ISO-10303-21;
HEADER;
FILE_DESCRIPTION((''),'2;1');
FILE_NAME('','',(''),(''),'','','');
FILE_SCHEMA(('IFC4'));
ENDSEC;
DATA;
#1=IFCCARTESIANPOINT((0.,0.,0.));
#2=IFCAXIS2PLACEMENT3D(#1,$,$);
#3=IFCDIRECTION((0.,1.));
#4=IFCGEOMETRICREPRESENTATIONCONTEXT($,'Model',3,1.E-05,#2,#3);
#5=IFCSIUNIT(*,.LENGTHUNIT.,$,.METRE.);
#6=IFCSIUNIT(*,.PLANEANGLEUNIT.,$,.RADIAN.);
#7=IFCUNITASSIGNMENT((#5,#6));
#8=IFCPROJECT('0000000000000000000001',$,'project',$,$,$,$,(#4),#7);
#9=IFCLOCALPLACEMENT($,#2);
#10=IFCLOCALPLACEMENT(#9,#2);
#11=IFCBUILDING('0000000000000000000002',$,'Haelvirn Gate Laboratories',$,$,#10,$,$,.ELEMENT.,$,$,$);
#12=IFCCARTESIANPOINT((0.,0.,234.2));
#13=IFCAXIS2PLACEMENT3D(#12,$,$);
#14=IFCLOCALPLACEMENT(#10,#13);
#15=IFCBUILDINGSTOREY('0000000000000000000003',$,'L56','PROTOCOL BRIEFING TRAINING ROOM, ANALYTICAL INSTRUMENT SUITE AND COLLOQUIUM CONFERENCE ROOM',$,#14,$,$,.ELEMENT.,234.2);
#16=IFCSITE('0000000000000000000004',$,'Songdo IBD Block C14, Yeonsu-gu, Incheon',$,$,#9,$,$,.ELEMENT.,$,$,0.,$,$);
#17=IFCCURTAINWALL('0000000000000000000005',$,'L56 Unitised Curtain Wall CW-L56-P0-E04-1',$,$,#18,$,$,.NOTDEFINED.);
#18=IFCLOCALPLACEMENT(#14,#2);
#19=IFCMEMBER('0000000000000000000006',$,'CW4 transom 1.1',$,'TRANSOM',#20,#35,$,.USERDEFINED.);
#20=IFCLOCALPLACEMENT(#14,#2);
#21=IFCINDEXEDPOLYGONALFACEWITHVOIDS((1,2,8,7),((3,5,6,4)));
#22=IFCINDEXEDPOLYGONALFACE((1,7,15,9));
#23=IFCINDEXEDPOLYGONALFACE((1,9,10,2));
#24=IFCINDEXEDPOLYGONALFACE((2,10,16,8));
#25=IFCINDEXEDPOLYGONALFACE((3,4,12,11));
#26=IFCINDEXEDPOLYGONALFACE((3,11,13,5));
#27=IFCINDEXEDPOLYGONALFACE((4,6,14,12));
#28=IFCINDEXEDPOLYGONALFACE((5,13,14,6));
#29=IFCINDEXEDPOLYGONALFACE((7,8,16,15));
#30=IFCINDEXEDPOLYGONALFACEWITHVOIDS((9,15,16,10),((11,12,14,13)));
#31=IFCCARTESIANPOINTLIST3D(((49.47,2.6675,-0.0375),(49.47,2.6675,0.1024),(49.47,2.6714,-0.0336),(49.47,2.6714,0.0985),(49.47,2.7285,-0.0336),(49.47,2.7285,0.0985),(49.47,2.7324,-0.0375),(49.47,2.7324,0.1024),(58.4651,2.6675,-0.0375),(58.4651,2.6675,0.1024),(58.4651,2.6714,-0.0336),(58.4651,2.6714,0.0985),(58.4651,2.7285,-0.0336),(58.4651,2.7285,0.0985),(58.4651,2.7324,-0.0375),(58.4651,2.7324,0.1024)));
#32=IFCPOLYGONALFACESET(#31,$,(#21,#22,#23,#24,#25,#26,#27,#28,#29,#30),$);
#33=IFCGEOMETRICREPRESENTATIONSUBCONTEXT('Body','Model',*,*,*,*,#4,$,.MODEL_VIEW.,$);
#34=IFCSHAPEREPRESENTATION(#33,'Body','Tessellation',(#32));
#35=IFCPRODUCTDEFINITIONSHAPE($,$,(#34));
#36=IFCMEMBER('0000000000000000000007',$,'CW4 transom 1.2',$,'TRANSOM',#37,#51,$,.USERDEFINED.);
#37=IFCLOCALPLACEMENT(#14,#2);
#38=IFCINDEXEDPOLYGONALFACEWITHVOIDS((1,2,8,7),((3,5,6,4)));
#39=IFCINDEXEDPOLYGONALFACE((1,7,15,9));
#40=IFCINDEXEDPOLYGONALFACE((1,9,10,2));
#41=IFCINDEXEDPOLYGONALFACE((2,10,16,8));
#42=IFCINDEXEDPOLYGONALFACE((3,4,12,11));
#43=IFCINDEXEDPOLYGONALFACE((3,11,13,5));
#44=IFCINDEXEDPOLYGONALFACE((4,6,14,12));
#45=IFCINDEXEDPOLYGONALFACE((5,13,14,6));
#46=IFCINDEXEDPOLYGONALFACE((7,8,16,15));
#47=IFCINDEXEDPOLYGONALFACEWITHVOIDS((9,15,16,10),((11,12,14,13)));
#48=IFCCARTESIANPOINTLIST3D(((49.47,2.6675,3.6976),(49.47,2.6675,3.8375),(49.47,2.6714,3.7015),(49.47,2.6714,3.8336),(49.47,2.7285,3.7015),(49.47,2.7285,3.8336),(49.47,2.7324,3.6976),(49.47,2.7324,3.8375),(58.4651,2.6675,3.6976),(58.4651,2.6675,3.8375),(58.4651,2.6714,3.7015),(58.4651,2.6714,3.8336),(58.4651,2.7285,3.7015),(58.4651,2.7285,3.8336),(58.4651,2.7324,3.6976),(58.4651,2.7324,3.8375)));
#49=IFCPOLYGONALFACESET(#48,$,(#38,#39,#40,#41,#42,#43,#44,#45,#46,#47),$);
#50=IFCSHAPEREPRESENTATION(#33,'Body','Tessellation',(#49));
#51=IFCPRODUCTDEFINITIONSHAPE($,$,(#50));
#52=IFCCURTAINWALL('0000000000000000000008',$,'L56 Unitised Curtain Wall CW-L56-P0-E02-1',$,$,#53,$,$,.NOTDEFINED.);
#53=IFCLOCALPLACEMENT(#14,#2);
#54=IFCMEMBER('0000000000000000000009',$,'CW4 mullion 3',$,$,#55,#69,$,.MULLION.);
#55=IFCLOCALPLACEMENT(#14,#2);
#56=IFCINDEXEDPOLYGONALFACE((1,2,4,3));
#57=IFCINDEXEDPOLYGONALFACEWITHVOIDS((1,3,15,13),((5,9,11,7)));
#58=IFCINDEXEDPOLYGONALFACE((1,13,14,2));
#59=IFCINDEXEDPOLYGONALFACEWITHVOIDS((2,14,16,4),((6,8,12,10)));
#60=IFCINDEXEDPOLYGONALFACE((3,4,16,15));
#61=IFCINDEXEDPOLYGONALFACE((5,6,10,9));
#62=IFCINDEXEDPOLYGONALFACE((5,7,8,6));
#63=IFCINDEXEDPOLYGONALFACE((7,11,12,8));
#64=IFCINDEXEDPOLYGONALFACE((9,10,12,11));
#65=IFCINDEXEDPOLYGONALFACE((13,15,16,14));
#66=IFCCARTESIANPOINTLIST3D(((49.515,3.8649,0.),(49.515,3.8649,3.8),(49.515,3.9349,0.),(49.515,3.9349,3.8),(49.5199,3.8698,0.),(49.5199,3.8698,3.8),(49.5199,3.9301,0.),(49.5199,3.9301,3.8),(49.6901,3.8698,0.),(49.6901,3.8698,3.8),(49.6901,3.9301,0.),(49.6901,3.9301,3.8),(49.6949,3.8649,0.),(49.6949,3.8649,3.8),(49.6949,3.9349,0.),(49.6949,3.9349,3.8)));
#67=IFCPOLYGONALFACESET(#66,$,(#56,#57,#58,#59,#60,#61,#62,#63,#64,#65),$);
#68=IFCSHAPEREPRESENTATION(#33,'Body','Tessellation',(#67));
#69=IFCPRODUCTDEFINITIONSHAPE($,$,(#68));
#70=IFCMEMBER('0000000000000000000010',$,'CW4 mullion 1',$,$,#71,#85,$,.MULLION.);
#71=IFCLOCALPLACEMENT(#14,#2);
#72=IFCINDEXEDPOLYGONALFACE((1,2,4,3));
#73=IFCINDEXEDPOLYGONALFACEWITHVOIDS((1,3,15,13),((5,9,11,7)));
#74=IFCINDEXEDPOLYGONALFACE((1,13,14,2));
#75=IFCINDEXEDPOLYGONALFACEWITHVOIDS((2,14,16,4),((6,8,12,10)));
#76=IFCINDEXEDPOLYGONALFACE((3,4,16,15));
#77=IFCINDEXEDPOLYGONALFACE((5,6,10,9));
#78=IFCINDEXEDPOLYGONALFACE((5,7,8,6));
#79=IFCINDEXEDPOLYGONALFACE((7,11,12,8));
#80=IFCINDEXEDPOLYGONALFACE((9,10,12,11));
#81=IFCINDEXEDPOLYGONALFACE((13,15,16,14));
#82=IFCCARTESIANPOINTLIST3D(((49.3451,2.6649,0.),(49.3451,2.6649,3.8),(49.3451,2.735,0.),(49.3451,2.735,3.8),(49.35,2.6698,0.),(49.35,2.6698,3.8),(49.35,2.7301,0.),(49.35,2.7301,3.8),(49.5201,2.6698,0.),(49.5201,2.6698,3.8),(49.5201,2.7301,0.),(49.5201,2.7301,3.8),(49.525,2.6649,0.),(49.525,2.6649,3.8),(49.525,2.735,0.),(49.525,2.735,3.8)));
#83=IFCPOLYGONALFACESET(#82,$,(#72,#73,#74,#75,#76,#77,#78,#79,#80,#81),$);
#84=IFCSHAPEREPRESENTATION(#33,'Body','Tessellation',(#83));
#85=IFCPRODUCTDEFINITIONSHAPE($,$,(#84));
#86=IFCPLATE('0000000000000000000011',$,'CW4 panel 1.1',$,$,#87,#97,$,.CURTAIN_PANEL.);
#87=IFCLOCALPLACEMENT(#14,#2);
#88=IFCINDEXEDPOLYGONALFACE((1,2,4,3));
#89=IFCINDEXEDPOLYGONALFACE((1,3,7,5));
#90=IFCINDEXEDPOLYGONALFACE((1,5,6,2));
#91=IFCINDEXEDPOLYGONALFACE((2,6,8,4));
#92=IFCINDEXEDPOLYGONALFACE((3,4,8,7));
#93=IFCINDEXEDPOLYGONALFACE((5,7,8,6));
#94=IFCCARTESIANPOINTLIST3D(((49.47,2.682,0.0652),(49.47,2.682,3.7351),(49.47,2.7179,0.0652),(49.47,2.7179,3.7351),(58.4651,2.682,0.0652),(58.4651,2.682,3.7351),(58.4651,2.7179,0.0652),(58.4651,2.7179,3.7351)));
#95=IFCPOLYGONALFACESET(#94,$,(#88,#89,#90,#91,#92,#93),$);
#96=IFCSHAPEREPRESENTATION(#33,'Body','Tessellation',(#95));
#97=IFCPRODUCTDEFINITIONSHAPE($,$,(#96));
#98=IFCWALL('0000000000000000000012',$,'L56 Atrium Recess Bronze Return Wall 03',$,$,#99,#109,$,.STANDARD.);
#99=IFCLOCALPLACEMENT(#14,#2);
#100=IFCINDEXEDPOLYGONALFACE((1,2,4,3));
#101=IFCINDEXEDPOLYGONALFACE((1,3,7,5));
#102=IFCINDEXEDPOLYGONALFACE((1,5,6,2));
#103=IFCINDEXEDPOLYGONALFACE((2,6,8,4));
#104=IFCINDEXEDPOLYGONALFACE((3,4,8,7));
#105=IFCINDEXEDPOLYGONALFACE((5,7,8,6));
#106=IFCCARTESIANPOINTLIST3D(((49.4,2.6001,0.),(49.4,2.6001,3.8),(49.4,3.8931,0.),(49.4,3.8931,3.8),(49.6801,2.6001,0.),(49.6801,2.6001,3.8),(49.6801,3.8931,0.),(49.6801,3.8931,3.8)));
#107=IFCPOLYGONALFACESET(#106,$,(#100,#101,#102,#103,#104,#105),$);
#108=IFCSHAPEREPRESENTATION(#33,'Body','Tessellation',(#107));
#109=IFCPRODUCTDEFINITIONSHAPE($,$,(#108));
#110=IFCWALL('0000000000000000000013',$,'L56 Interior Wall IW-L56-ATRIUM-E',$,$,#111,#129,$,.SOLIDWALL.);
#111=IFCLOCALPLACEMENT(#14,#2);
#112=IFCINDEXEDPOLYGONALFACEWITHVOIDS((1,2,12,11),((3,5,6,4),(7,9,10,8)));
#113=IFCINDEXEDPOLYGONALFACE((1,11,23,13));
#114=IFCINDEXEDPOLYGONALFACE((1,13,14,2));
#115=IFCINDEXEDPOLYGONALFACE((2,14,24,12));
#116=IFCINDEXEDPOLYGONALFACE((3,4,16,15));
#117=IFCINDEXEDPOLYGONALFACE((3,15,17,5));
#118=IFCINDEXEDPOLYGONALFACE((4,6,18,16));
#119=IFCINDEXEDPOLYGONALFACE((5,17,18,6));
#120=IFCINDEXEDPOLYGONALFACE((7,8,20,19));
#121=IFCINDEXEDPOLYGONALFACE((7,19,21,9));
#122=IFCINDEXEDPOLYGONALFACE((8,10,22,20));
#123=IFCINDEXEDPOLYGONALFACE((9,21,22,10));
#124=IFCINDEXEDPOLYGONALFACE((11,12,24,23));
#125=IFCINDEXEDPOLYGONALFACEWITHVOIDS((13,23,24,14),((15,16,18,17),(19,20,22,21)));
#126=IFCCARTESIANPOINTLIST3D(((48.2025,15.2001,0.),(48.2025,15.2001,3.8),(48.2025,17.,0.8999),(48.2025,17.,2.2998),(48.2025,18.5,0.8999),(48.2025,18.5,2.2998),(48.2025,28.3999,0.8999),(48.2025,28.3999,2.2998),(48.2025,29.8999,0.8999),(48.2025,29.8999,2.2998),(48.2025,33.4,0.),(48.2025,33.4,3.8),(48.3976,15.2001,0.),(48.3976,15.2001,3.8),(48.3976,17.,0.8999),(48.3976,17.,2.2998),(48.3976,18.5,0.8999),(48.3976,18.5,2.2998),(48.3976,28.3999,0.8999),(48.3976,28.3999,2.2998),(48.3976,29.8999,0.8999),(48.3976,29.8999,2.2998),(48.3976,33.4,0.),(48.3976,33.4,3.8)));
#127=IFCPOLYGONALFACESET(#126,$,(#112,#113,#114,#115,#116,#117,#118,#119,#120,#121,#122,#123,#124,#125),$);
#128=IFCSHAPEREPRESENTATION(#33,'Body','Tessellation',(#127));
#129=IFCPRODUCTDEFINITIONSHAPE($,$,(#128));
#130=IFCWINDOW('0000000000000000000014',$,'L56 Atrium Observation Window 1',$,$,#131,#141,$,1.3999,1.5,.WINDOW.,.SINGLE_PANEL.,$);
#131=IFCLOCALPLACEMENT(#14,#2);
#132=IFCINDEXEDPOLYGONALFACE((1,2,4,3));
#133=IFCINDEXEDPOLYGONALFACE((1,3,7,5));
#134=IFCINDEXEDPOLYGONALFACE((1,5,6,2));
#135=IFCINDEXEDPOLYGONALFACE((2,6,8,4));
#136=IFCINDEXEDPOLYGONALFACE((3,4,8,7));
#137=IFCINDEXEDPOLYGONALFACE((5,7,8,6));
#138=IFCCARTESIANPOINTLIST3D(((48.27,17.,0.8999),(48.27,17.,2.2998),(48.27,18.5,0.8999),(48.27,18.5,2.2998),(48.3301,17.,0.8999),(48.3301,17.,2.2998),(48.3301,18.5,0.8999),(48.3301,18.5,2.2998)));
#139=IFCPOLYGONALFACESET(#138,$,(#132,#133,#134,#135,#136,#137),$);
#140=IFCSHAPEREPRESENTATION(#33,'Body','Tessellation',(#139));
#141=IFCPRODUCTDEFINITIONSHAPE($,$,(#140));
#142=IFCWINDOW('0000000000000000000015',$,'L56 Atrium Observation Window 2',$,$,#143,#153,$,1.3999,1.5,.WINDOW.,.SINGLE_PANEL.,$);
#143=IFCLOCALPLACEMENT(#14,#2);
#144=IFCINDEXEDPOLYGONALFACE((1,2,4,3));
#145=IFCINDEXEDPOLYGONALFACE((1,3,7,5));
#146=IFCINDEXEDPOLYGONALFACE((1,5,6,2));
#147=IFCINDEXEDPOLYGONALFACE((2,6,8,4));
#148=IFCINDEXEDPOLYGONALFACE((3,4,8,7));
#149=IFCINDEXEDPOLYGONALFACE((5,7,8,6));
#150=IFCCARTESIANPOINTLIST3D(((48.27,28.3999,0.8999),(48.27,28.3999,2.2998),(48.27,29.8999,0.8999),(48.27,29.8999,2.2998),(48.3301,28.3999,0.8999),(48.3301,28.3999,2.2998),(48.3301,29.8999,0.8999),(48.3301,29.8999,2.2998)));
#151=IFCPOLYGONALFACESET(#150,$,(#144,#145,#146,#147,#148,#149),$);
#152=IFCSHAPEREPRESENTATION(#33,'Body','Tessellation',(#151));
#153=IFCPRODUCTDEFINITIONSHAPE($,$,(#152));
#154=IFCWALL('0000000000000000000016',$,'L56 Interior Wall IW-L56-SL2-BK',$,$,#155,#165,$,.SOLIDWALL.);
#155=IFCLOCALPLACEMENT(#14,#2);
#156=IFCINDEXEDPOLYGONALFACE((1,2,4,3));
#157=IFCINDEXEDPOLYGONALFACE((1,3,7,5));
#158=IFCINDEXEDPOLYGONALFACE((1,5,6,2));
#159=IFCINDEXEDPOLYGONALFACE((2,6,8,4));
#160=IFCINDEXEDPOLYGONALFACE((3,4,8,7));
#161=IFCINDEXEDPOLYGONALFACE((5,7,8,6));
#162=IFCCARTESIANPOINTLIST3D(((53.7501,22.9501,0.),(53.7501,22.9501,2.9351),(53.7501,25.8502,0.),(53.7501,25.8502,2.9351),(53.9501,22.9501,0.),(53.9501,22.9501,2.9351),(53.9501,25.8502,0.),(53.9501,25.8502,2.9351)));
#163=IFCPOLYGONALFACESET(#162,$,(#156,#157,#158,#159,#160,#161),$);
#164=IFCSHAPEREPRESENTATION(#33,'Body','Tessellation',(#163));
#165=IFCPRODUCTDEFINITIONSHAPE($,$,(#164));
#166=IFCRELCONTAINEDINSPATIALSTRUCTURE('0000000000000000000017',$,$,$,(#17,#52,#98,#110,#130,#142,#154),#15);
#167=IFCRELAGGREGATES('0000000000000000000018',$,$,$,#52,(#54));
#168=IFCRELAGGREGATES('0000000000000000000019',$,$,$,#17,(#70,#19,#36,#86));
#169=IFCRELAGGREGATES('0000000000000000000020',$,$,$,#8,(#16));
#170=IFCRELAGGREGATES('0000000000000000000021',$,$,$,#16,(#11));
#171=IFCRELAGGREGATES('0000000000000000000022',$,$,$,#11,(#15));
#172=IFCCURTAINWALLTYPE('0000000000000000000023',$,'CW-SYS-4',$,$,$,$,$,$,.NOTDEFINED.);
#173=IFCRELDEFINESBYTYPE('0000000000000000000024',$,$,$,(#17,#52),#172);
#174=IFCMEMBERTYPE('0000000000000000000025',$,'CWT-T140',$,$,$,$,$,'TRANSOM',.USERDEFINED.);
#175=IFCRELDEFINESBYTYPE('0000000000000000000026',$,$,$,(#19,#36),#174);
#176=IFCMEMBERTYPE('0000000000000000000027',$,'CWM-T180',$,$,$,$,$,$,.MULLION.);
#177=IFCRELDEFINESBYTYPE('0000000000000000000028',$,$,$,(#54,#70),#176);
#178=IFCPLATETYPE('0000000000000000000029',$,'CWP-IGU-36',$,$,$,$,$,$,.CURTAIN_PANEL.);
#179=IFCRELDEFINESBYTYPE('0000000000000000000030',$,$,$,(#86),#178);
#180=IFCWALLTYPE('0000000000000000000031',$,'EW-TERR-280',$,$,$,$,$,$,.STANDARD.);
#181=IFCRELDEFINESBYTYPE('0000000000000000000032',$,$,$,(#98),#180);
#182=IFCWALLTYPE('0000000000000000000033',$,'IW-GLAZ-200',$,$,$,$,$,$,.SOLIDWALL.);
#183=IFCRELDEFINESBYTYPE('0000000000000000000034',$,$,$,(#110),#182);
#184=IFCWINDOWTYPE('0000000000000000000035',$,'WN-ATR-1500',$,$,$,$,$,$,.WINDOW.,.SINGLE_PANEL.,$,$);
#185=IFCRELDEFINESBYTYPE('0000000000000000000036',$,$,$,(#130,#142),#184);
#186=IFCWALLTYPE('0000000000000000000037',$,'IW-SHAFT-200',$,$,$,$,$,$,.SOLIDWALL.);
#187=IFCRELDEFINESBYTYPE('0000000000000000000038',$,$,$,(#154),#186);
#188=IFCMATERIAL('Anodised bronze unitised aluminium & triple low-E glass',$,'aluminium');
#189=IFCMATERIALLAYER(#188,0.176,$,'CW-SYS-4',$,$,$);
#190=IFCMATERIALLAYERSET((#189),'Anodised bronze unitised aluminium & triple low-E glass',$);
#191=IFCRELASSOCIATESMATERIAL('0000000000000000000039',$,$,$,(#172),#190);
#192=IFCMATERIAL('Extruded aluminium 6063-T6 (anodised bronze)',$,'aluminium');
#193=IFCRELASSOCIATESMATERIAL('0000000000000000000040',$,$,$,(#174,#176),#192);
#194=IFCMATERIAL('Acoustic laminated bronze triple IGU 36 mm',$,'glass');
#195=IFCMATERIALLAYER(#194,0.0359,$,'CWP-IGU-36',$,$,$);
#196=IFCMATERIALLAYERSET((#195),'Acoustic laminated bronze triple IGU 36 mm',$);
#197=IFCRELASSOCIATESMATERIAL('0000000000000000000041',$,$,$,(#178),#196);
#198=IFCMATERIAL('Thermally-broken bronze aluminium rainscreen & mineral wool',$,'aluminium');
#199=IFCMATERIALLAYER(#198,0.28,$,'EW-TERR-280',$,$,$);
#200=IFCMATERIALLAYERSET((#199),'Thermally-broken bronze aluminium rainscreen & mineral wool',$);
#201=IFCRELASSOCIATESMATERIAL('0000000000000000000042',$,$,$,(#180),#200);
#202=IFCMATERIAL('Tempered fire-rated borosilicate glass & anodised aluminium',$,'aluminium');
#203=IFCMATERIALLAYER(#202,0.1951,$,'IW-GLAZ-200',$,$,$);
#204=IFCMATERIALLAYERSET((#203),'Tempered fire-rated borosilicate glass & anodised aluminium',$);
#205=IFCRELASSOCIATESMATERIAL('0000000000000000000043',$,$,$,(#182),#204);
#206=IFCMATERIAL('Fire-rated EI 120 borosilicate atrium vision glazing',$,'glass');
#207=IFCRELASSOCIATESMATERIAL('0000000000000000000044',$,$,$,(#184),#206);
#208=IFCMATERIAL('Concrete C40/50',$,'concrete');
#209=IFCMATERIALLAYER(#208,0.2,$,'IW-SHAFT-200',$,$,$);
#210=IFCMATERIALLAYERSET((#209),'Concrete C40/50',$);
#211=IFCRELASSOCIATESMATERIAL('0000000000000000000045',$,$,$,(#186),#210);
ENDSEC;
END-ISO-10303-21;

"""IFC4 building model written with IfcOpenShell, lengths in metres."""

from ifc_helpers import new_model, si_unit, direction, frame, frame_2d, origin, origin_2d, place, context, subcontext, project, spatial, rectangle, hollow_rectangle, extrude, source, transform, mapped, material, layer, layer_set, material_profile, profile_set, type_object, type_shapes, element, fill, aggregate, save


model = new_model("IFC4")

# Units and contexts
model_context = context("Model", 3, precision=1e-05, world=origin(), true_north=direction((0.0, 1.0)))
body_context = subcontext(model_context, "Body", "Model", "MODEL_VIEW")
ifc_project = project(units=[si_unit("LENGTHUNIT", "METRE"), si_unit("PLANEANGLEUNIT", "RADIAN")], contexts=[model_context])

# Site, building, storey
site_placement = place(None, origin())
site = spatial("IfcSite", under=ifc_project, at=site_placement, Name="Songdo IBD Block C14, Yeonsu-gu, Incheon", CompositionType="ELEMENT", RefElevation=0.0)
building_placement = place(site_placement, origin())
building = spatial("IfcBuilding", under=site, at=building_placement, Name="Haelvirn Gate Laboratories", CompositionType="ELEMENT")
storey_placement = place(building_placement, frame((0.0, 0.0, 234.2)))
storey = spatial("IfcBuildingStorey", under=building, at=storey_placement, Name="L56", Description="PROTOCOL BRIEFING TRAINING ROOM, ANALYTICAL INSTRUMENT SUITE AND COLLOQUIUM CONFERENCE ROOM", CompositionType="ELEMENT", Elevation=234.2)

# Curtain wall, members
ifc_material_1 = material(Name="Anodised bronze unitised aluminium & triple low-E glass", Category="aluminium")
ifc_layer_1 = layer(ifc_material_1, 0.176, Name="CW-SYS-4")
ifc_layer_set_1 = layer_set([ifc_layer_1], Name="Anodised bronze unitised aluminium & triple low-E glass")
curtain_wall_type = type_object("IfcCurtainWallType", Name="CW-SYS-4", PredefinedType="NOTDEFINED", material=ifc_layer_set_1)
curtain_wall_1_placement = place(storey_placement, origin())
curtain_wall_1 = element("IfcCurtainWall", 1, at=curtain_wall_1_placement, inside=storey, type_object=curtain_wall_type, Name="L56 Unitised Curtain Wall CW-L56-P0-E04-1", PredefinedType="NOTDEFINED")
ifc_material_2 = material(Name="Extruded aluminium 6063-T6 (anodised bronze)", Category="aluminium")
ifc_material_profile_1 = material_profile(ifc_material_2, hollow_rectangle(XDim=0.0649, YDim=0.1399, WallThickness=0.0039, at=origin_2d()), Name="CWT-140x65x4")
ifc_profile_set_1 = profile_set([ifc_material_profile_1], Name="Extruded aluminium 6063-T6 (anodised bronze)")
member_type_1 = type_object("IfcMemberType", Name="CWT-T140", ElementType="TRANSOM", PredefinedType="USERDEFINED", material=ifc_profile_set_1)
shared_shape_1 = source(origin(), body_context, "Body", "SweptSolid", [
    extrude(hollow_rectangle(XDim=0.0649, YDim=0.1399, WallThickness=0.0039, at=origin_2d()), origin(), (0.0, 0.0, 1.0), 8.9951),
])
type_shapes(member_type_1, [shared_shape_1])
member_1_placement = place(storey_placement, frame((49.47, 2.7, 0.0325), z_axis=(1.0, 0.0, 0.0), x_axis=(0.0, 1.0, 0.0)))
member_1 = element("IfcMember", 2, at=member_1_placement, type_object=member_type_1, Name="CW4 transom 1.1", ObjectType="TRANSOM", PredefinedType="USERDEFINED", context=body_context, shape_type="MappedRepresentation", body=[
    mapped(shared_shape_1, transform((0.0, 0.0, 0.0), scale=1.0)),
])
member_2_placement = place(storey_placement, frame((49.47, 2.7, 3.7676), z_axis=(1.0, 0.0, 0.0), x_axis=(0.0, 1.0, 0.0)))
member_2 = element("IfcMember", 3, at=member_2_placement, type_object=member_type_1, Name="CW4 transom 1.2", ObjectType="TRANSOM", PredefinedType="USERDEFINED", context=body_context, shape_type="MappedRepresentation", body=[
    mapped(shared_shape_1, transform((0.0, 0.0, 0.0), scale=1.0)),
])

# Curtain wall, member
curtain_wall_2_placement = place(storey_placement, origin())
curtain_wall_2 = element("IfcCurtainWall", 4, at=curtain_wall_2_placement, inside=storey, type_object=curtain_wall_type, Name="L56 Unitised Curtain Wall CW-L56-P0-E02-1", PredefinedType="NOTDEFINED")
ifc_material_profile_2 = material_profile(ifc_material_2, hollow_rectangle(XDim=0.0701, YDim=0.1799, WallThickness=0.0049, at=origin_2d()), Name="CWM-180x70x5")
ifc_profile_set_2 = profile_set([ifc_material_profile_2], Name="Extruded aluminium 6063-T6 (anodised bronze)")
member_type_2 = type_object("IfcMemberType", Name="CWM-T180", PredefinedType="MULLION", material=ifc_profile_set_2)
shared_shape_2 = source(origin(), body_context, "Body", "SweptSolid", [
    extrude(hollow_rectangle(XDim=0.0701, YDim=0.1799, WallThickness=0.0049, at=origin_2d()), origin(), (0.0, 0.0, 1.0), 3.8),
])
type_shapes(member_type_2, [shared_shape_2])
member_3_placement = place(storey_placement, frame((49.605, 3.8999, 0.0), z_axis=(0.0, 0.0, 1.0), x_axis=(0.0, 1.0, 0.0)))
member_3 = element("IfcMember", 5, at=member_3_placement, type_object=member_type_2, Name="CW4 mullion 3", PredefinedType="MULLION", context=body_context, shape_type="MappedRepresentation", body=[
    mapped(shared_shape_2, transform((0.0, 0.0, 0.0), scale=1.0)),
])
aggregate(curtain_wall_2, [member_3])

# Member
member_4_placement = place(storey_placement, frame((49.4351, 2.7, 0.0), z_axis=(0.0, 0.0, 1.0), x_axis=(0.0, 1.0, 0.0)))
member_4 = element("IfcMember", 6, at=member_4_placement, type_object=member_type_2, Name="CW4 mullion 1", PredefinedType="MULLION", context=body_context, shape_type="MappedRepresentation", body=[
    mapped(shared_shape_2, transform((0.0, 0.0, 0.0), scale=1.0)),
])

# Plate
ifc_material_3 = material(Name="Acoustic laminated bronze triple IGU 36 mm", Category="glass")
ifc_layer_2 = layer(ifc_material_3, 0.0359, Name="CWP-IGU-36")
ifc_layer_set_2 = layer_set([ifc_layer_2], Name="Acoustic laminated bronze triple IGU 36 mm")
plate_type = type_object("IfcPlateType", Name="CWP-IGU-36", PredefinedType="CURTAIN_PANEL", material=ifc_layer_set_2)
shared_shape_3 = source(origin(), body_context, "Body", "SweptSolid", [
    extrude(rectangle(XDim=8.9951, YDim=0.0359, at=origin_2d()), origin(), (0.0, 0.0, 1.0), 3.6699),
])
type_shapes(plate_type, [shared_shape_3])
plate_placement = place(storey_placement, frame((53.9675, 2.7, 0.0652), z_axis=(0.0, 0.0, 1.0), x_axis=(1.0, 0.0, 0.0)))
plate = element("IfcPlate", 7, at=plate_placement, type_object=plate_type, Name="CW4 panel 1.1", PredefinedType="CURTAIN_PANEL", context=body_context, shape_type="MappedRepresentation", body=[
    mapped(shared_shape_3, transform((0.0, 0.0, 0.0), scale=1.0)),
])
aggregate(curtain_wall_1, [member_4, member_1, member_2, plate])

# Wall
ifc_material_4 = material(Name="Thermally-broken bronze aluminium rainscreen & mineral wool", Category="aluminium")
ifc_layer_3 = layer(ifc_material_4, 0.28, Name="EW-TERR-280")
ifc_layer_set_3 = layer_set([ifc_layer_3], Name="Thermally-broken bronze aluminium rainscreen & mineral wool")
wall_type_1 = type_object("IfcWallType", Name="EW-TERR-280", PredefinedType="STANDARD", material=ifc_layer_set_3)
wall_1_placement = place(storey_placement, frame((49.54, 3.8931, 0.0), z_axis=(0.0, 0.0, 1.0), x_axis=(0.0, -1.0, 0.0)))
element("IfcWall", 8, at=wall_1_placement, inside=storey, type_object=wall_type_1, Name="L56 Atrium Recess Bronze Return Wall 03", PredefinedType="STANDARD", context=body_context, shape_type="SweptSolid", body=[
    extrude(rectangle(XDim=1.293, YDim=0.28, at=frame_2d((0.6465, 0.0))), origin(), (0.0, 0.0, 1.0), 3.8),
])

# Wall, openings, windows
ifc_material_5 = material(Name="Tempered fire-rated borosilicate glass & anodised aluminium", Category="aluminium")
ifc_layer_4 = layer(ifc_material_5, 0.1951, Name="IW-GLAZ-200")
ifc_layer_set_4 = layer_set([ifc_layer_4], Name="Tempered fire-rated borosilicate glass & anodised aluminium")
wall_type_2 = type_object("IfcWallType", Name="IW-GLAZ-200", PredefinedType="SOLIDWALL", material=ifc_layer_set_4)
wall_2_placement = place(storey_placement, frame((48.3, 15.2, 0.0), z_axis=(0.0, 0.0, 1.0), x_axis=(0.0, 1.0, 0.0)))
wall_2 = element("IfcWall", 9, at=wall_2_placement, inside=storey, type_object=wall_type_2, Name="L56 Interior Wall IW-L56-ATRIUM-E", PredefinedType="SOLIDWALL", context=body_context, shape_type="SweptSolid", body=[
    extrude(rectangle(XDim=18.2, YDim=0.1951, at=frame_2d((9.1001, 0.0))), origin(), (0.0, 0.0, 1.0), 3.8),
])
opening_1_placement = place(wall_2_placement, frame((1.8, 0.0, 0.8999)))
opening_1 = element("IfcOpeningElement", 10, at=opening_1_placement, cuts=wall_2, PredefinedType="OPENING", context=body_context, shape_type="SweptSolid", body=[
    extrude(rectangle(XDim=1.5, YDim=1.3999, at=frame_2d((0.75, 0.7))), frame((0.0, 0.1074, 0.0), z_axis=(0.0, -1.0, 0.0), x_axis=(1.0, 0.0, 0.0)), (0.0, 0.0, 1.0), 0.2151),
])
opening_2_placement = place(wall_2_placement, frame((13.2, 0.0, 0.8999)))
opening_2 = element("IfcOpeningElement", 11, at=opening_2_placement, cuts=wall_2, PredefinedType="OPENING", context=body_context, shape_type="SweptSolid", body=[
    extrude(rectangle(XDim=1.5, YDim=1.3999, at=frame_2d((0.75, 0.7))), frame((0.0, 0.1074, 0.0), z_axis=(0.0, -1.0, 0.0), x_axis=(1.0, 0.0, 0.0)), (0.0, 0.0, 1.0), 0.2151),
])
ifc_material_6 = material(Name="Fire-rated EI 120 borosilicate atrium vision glazing", Category="glass")
window_type = type_object("IfcWindowType", Name="WN-ATR-1500", PartitioningType="SINGLE_PANEL", PredefinedType="WINDOW", material=ifc_material_6)
shared_shape_4 = source(origin(), body_context, "Body", "SweptSolid", [
    extrude(rectangle(XDim=1.5, YDim=1.3999, at=frame_2d((0.75, 0.7))), frame((0.0, 0.03, 0.0), z_axis=(0.0, -1.0, 0.0), x_axis=(1.0, 0.0, 0.0)), (0.0, 0.0, 1.0), 0.0601),
])
type_shapes(window_type, [shared_shape_4])
window_1_placement = place(opening_1_placement, origin())
window_1 = element("IfcWindow", 12, at=window_1_placement, inside=storey, type_object=window_type, Name="L56 Atrium Observation Window 1", OverallHeight=1.3999, OverallWidth=1.5, PartitioningType="SINGLE_PANEL", PredefinedType="WINDOW", context=body_context, shape_type="MappedRepresentation", body=[
    mapped(shared_shape_4, transform((0.0, 0.0, 0.0), scale=1.0)),
])
fill(opening_1, window_1)
window_2_placement = place(opening_2_placement, origin())
window_2 = element("IfcWindow", 13, at=window_2_placement, inside=storey, type_object=window_type, Name="L56 Atrium Observation Window 2", OverallHeight=1.3999, OverallWidth=1.5, PartitioningType="SINGLE_PANEL", PredefinedType="WINDOW", context=body_context, shape_type="MappedRepresentation", body=[
    mapped(shared_shape_4, transform((0.0, 0.0, 0.0), scale=1.0)),
])
fill(opening_2, window_2)

# Wall
ifc_material_7 = material(Name="Concrete C40/50", Category="concrete")
ifc_layer_5 = layer(ifc_material_7, 0.2, Name="IW-SHAFT-200")
ifc_layer_set_5 = layer_set([ifc_layer_5], Name="Concrete C40/50")
wall_type_3 = type_object("IfcWallType", Name="IW-SHAFT-200", PredefinedType="SOLIDWALL", material=ifc_layer_set_5)
wall_3_placement = place(storey_placement, frame((53.8501, 22.95, 0.0), z_axis=(0.0, 0.0, 1.0), x_axis=(0.0, 1.0, 0.0)))
element("IfcWall", 14, at=wall_3_placement, inside=storey, type_object=wall_type_3, Name="L56 Interior Wall IW-L56-SL2-BK", PredefinedType="SOLIDWALL", context=body_context, shape_type="SweptSolid", body=[
    extrude(rectangle(XDim=2.9001, YDim=0.2, at=frame_2d((1.4502, 0.0))), origin(), (0.0, 0.0, 1.0), 2.9351),
])

save(model, "model.ifc")
